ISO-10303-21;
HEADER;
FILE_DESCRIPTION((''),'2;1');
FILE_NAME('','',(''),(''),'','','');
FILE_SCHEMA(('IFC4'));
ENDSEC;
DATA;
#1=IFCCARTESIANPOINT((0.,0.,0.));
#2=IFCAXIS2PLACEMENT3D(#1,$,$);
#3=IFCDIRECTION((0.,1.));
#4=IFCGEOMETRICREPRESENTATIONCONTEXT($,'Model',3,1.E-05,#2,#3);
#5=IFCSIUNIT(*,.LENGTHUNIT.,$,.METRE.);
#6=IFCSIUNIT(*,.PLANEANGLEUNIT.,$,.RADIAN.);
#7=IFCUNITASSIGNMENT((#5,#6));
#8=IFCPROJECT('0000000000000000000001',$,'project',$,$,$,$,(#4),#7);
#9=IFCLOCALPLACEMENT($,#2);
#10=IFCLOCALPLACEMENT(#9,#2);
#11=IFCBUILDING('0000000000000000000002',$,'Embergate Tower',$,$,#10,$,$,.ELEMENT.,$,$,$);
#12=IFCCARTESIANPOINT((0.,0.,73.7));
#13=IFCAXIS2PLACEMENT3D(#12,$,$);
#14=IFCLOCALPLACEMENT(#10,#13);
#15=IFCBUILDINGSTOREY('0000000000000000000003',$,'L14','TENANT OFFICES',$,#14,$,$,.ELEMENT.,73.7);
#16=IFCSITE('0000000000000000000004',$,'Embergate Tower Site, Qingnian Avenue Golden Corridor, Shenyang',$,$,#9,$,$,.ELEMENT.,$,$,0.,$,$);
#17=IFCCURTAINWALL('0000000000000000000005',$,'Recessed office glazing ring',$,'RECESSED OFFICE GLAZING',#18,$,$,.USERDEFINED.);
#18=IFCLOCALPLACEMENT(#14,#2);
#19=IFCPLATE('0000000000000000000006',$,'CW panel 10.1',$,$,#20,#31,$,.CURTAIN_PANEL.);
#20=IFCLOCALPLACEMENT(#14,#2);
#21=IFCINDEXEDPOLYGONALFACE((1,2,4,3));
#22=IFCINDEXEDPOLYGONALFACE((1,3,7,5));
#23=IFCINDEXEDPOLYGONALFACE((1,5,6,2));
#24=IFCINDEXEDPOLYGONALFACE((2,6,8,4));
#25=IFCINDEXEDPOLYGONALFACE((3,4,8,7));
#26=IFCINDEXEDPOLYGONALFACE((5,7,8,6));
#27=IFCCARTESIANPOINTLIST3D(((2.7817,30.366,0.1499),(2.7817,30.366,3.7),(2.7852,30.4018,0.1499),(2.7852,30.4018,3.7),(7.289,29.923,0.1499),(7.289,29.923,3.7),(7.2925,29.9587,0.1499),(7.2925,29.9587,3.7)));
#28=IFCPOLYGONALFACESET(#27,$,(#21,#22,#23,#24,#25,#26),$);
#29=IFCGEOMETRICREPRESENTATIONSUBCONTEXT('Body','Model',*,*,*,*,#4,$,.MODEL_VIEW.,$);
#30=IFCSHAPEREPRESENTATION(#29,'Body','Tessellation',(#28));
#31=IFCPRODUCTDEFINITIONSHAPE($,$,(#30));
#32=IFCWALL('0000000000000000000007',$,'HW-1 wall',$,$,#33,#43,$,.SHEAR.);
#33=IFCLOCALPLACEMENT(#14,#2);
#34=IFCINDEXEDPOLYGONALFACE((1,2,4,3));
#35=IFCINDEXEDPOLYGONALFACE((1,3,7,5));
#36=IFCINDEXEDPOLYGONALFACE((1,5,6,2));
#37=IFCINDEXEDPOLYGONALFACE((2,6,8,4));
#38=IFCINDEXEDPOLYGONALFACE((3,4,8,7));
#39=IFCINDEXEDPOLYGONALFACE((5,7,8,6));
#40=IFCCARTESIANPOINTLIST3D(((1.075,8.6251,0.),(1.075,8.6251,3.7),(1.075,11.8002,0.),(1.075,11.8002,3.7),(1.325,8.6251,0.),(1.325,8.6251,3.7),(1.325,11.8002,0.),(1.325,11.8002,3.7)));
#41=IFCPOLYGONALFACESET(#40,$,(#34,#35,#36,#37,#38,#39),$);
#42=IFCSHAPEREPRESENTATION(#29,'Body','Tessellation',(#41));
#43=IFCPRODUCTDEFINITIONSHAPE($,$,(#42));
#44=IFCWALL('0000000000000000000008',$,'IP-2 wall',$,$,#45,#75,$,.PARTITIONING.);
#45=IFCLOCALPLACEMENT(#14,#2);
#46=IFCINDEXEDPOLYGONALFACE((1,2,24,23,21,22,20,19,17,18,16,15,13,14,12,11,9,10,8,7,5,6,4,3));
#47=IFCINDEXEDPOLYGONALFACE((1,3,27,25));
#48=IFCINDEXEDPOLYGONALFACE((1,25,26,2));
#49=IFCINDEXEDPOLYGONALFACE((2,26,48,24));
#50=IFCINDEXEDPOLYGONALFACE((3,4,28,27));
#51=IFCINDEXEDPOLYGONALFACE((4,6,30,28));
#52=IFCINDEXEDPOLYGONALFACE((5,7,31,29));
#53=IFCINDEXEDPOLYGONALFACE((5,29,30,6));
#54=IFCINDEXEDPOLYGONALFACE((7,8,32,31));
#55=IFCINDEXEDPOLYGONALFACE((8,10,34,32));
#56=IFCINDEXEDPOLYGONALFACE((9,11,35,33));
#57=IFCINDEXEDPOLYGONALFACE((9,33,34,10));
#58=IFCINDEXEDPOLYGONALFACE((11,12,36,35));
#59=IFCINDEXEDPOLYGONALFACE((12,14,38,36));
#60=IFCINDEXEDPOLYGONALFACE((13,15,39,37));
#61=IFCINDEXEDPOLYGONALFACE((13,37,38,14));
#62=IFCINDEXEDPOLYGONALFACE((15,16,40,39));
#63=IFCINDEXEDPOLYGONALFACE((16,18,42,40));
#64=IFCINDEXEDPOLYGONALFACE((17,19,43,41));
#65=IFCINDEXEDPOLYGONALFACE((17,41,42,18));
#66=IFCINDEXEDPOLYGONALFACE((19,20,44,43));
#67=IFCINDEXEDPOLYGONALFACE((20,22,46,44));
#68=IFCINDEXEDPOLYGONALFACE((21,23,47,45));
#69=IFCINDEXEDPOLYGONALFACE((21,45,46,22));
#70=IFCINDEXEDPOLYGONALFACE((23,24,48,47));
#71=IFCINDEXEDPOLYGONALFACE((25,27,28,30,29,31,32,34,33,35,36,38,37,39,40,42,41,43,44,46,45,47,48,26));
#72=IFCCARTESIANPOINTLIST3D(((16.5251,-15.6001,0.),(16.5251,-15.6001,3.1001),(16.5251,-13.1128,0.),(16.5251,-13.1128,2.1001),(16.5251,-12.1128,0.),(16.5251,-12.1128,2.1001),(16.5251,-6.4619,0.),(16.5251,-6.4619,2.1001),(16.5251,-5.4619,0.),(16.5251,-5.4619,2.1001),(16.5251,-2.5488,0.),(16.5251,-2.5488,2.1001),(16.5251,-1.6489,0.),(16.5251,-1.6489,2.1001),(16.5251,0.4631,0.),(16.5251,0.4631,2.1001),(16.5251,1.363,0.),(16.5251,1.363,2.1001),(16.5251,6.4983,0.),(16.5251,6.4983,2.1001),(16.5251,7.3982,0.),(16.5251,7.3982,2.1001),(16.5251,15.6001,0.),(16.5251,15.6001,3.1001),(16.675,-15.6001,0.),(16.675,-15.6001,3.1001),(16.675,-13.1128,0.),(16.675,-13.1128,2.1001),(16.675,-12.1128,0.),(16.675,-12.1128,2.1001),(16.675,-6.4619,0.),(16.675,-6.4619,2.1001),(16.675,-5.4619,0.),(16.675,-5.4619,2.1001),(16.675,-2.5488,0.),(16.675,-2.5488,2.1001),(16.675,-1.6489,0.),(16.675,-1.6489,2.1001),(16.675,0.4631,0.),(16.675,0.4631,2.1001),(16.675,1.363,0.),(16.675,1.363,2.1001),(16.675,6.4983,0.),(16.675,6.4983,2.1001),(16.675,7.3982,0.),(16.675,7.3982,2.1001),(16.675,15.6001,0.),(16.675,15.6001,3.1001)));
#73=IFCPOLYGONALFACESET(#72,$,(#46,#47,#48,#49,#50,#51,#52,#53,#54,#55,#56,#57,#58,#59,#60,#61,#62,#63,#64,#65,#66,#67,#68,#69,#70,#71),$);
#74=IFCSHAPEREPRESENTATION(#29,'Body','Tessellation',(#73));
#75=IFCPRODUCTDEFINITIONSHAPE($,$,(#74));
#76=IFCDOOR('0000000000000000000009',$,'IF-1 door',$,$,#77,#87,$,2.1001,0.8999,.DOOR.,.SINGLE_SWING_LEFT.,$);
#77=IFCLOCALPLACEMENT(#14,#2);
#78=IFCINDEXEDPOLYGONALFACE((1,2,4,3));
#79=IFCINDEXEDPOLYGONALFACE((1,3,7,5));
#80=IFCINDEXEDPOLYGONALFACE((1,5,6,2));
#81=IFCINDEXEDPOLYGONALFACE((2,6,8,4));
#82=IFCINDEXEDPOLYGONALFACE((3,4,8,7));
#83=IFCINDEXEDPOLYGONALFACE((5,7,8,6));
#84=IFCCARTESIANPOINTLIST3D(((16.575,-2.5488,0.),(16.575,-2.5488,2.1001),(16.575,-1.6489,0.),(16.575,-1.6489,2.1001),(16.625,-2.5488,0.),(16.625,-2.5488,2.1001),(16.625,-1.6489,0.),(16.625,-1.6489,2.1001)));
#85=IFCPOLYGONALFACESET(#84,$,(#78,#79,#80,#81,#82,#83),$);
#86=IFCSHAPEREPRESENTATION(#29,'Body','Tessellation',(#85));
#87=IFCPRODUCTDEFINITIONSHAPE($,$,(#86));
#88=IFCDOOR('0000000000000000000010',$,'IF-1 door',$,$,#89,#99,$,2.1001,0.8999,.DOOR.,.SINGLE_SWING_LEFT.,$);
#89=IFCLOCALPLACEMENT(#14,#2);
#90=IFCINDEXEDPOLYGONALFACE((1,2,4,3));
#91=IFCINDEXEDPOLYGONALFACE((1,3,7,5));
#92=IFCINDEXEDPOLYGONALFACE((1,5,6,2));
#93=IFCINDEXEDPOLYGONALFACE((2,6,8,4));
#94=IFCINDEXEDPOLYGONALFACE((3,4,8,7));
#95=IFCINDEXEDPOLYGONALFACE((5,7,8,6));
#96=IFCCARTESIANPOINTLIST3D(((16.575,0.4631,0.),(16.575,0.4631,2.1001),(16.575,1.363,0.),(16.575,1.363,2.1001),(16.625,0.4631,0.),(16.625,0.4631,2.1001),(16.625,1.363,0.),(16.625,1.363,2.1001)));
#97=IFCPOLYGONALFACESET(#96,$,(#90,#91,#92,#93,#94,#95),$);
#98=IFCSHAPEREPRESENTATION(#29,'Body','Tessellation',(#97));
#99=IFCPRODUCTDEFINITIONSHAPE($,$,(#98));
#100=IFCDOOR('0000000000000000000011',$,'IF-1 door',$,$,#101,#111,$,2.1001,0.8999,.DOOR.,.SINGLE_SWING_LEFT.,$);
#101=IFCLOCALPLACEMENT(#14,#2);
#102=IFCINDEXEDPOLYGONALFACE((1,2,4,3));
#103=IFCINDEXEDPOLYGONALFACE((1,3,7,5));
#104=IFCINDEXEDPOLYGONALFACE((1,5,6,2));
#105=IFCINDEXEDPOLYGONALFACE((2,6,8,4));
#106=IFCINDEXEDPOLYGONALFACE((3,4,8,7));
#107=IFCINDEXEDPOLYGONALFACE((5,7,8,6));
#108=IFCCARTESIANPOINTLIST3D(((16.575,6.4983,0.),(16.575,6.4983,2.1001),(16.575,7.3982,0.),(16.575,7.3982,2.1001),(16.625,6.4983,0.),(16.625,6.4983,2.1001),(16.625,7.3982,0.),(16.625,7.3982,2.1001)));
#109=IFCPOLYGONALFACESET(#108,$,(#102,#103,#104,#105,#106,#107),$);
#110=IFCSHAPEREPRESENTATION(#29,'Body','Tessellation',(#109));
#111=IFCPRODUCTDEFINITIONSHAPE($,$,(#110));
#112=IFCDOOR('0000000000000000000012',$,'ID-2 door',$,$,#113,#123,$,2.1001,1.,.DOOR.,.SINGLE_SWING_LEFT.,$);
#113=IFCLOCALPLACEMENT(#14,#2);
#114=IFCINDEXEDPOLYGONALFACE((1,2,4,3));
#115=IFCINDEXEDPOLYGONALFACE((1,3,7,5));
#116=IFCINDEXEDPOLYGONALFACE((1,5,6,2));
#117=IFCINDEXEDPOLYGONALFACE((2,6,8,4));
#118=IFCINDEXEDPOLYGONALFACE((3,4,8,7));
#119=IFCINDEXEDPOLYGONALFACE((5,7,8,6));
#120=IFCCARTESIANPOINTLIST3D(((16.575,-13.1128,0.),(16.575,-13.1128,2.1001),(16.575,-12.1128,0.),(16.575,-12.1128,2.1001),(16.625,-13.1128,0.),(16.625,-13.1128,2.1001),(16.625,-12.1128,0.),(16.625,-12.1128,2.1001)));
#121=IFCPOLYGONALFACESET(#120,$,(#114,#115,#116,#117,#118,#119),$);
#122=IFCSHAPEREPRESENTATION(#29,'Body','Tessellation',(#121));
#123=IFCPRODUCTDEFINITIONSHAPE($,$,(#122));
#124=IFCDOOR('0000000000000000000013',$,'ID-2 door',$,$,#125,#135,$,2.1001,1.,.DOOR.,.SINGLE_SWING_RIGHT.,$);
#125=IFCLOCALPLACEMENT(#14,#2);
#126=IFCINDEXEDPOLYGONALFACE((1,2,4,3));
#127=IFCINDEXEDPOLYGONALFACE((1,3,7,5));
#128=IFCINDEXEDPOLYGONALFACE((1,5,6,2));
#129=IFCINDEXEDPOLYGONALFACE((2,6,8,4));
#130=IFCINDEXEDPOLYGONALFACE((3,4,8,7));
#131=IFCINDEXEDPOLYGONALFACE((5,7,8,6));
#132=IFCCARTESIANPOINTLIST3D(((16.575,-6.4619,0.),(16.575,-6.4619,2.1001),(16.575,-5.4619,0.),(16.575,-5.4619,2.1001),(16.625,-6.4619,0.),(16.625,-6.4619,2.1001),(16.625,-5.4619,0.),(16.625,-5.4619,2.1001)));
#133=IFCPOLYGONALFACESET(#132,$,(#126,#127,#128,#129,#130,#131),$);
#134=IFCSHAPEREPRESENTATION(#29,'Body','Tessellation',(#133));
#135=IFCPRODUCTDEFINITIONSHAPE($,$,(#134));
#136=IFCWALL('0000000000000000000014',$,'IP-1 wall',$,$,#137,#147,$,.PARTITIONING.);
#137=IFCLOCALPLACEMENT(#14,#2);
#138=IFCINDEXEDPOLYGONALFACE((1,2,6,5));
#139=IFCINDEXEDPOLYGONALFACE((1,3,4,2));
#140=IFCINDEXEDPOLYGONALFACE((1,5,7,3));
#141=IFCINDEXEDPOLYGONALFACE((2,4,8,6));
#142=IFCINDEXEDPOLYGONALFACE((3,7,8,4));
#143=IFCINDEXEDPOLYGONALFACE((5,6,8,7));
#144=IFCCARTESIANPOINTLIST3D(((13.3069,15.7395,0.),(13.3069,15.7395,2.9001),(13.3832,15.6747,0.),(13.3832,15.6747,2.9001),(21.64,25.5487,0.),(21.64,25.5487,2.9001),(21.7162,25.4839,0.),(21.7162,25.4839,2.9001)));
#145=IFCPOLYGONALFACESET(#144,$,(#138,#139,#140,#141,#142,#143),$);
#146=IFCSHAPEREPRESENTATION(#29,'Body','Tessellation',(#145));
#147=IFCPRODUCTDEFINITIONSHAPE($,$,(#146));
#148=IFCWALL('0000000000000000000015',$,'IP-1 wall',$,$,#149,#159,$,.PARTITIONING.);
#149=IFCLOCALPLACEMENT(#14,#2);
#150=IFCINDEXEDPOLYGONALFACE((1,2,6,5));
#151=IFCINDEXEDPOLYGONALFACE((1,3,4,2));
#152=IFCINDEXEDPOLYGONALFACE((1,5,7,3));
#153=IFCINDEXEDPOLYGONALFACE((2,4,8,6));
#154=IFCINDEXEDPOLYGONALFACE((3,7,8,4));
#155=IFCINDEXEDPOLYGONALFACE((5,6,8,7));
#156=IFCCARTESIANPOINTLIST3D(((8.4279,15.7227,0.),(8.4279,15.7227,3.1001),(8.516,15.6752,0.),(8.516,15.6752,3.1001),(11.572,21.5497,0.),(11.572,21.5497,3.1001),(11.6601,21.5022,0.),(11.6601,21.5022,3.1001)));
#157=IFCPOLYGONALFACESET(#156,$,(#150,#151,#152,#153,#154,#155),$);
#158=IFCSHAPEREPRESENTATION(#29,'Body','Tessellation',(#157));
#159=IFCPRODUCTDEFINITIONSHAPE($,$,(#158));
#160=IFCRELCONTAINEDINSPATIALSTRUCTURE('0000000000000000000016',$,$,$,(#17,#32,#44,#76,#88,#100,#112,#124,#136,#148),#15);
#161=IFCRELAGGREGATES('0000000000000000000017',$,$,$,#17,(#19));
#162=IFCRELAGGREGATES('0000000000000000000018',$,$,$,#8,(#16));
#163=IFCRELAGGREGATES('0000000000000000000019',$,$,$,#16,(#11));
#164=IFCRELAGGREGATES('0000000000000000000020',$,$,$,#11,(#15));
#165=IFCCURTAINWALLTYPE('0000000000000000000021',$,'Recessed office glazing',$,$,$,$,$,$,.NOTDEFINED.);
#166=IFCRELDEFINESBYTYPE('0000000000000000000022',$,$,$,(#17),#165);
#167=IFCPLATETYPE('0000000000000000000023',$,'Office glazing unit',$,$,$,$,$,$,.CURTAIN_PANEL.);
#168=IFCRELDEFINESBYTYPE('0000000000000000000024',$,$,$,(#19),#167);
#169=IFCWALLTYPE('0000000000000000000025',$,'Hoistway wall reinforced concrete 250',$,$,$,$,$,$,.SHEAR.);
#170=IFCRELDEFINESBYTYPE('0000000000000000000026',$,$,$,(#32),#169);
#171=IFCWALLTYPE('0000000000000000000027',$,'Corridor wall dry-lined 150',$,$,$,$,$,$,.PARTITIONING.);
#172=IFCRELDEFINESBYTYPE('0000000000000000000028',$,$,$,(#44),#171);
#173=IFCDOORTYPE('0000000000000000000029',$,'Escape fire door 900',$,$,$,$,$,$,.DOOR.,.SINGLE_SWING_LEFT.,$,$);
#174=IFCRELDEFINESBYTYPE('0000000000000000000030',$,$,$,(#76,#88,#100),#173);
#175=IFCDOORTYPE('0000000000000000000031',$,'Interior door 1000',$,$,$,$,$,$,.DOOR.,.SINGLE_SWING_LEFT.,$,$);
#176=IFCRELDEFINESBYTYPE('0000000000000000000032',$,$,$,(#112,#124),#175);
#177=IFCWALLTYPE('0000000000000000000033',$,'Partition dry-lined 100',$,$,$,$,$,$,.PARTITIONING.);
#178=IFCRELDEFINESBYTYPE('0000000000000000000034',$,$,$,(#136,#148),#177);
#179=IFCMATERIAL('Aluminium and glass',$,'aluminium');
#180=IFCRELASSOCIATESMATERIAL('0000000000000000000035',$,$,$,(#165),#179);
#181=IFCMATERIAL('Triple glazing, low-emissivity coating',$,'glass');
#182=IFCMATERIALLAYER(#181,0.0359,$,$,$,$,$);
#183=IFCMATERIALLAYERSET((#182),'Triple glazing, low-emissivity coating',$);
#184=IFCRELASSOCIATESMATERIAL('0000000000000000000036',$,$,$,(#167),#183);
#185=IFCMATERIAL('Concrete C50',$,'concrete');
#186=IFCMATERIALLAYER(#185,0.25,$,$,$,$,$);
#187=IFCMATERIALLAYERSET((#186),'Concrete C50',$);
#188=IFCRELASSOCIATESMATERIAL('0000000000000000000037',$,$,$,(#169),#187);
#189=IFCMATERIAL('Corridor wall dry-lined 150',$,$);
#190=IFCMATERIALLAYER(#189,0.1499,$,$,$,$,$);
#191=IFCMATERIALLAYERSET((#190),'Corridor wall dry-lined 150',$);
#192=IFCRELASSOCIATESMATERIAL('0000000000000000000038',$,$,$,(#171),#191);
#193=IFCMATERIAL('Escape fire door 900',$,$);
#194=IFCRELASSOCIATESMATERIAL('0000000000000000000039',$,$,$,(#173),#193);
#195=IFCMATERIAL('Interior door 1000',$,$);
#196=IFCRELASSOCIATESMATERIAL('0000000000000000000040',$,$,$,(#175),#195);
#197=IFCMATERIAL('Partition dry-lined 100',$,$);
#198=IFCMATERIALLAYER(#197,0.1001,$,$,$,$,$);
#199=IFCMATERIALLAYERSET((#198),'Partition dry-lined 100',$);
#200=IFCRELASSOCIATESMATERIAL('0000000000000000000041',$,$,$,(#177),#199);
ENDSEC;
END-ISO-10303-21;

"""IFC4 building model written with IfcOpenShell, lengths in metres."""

from ifc_helpers import new_model, si_unit, direction, frame, frame_2d, origin, origin_2d, place, context, subcontext, project, spatial, rectangle, extrude, source, transform, mapped, material, layer, layer_set, type_object, element, fill, aggregate, save


model = new_model("IFC4")

# Units and contexts
model_context = context("Model", 3, precision=1e-05, world=origin(), true_north=direction((0.0, 1.0)))
body_context = subcontext(model_context, "Body", "Model", "MODEL_VIEW")
ifc_project = project(units=[si_unit("LENGTHUNIT", "METRE"), si_unit("PLANEANGLEUNIT", "RADIAN")], contexts=[model_context])

# Site, building, storey
site_placement = place(None, origin())
site = spatial("IfcSite", under=ifc_project, at=site_placement, Name="Embergate Tower Site, Qingnian Avenue Golden Corridor, Shenyang", CompositionType="ELEMENT", RefElevation=0.0)
building_placement = place(site_placement, origin())
building = spatial("IfcBuilding", under=site, at=building_placement, Name="Embergate Tower", CompositionType="ELEMENT")
storey_placement = place(building_placement, frame((0.0, 0.0, 73.7)))
storey = spatial("IfcBuildingStorey", under=building, at=storey_placement, Name="L14", Description="TENANT OFFICES", CompositionType="ELEMENT", Elevation=73.7)

# Curtain wall, plate
ifc_material_1 = material(Name="Aluminium and glass", Category="aluminium")
curtain_wall_type = type_object("IfcCurtainWallType", Name="Recessed office glazing", PredefinedType="NOTDEFINED", material=ifc_material_1)
curtain_wall_placement = place(storey_placement, origin())
curtain_wall = element("IfcCurtainWall", 1, at=curtain_wall_placement, inside=storey, type_object=curtain_wall_type, Name="Recessed office glazing ring", ObjectType="RECESSED OFFICE GLAZING", PredefinedType="USERDEFINED")
ifc_material_2 = material(Name="Triple glazing, low-emissivity coating", Category="glass")
ifc_layer_1 = layer(ifc_material_2, 0.0359)
ifc_layer_set_1 = layer_set([ifc_layer_1], Name="Triple glazing, low-emissivity coating")
plate_type = type_object("IfcPlateType", Name="Office glazing unit", PredefinedType="CURTAIN_PANEL", material=ifc_layer_set_1)
shared_shape_1 = source(origin(), body_context, "Body", "SweptSolid", [
    extrude(rectangle(XDim=4.5291, YDim=0.0359, at=origin_2d()), origin(), (0.0, 0.0, 1.0), 3.55),
])
plate_1_placement = place(storey_placement, frame((5.0371, 30.1624, 0.1499), z_axis=(0.0, 0.0, 1.0), x_axis=(-0.995203, 0.097831, 0.0)))
plate_1 = element("IfcPlate", 2, at=plate_1_placement, type_object=plate_type, Name="CW panel 10.1", PredefinedType="CURTAIN_PANEL", context=body_context, shape_type="MappedRepresentation", body=[
    mapped(shared_shape_1, transform((0.0, 0.0, 0.0))),
])
aggregate(curtain_wall, [plate_1])

# Wall
ifc_material_3 = material(Name="Concrete C50", Category="concrete")
ifc_layer_2 = layer(ifc_material_3, 0.25)
ifc_layer_set_2 = layer_set([ifc_layer_2], Name="Concrete C50")
wall_type_1 = type_object("IfcWallType", Name="Hoistway wall reinforced concrete 250", PredefinedType="SHEAR", material=ifc_layer_set_2)
shared_shape_2 = source(origin(), body_context, "Body", "SweptSolid", [
    extrude(rectangle(XDim=3.175, YDim=0.25, at=frame_2d((1.5874, 0.0))), origin(), (0.0, 0.0, 1.0), 3.7),
])
wall_1_placement = place(storey_placement, frame((1.2, 11.8, 0.0), z_axis=(0.0, 0.0, 1.0), x_axis=(0.0, -1.0, 0.0)))
element("IfcWall", 3, at=wall_1_placement, inside=storey, type_object=wall_type_1, Name="HW-1 wall", PredefinedType="SHEAR", context=body_context, shape_type="MappedRepresentation", body=[
    mapped(shared_shape_2, transform((0.0, 0.0, 0.0))),
])

# Wall, openings, doors
ifc_material_4 = material(Name="Corridor wall dry-lined 150")
ifc_layer_3 = layer(ifc_material_4, 0.1499)
ifc_layer_set_3 = layer_set([ifc_layer_3], Name="Corridor wall dry-lined 150")
wall_type_2 = type_object("IfcWallType", Name="Corridor wall dry-lined 150", PredefinedType="PARTITIONING", material=ifc_layer_set_3)
shared_shape_3 = source(origin(), body_context, "Body", "SweptSolid", [
    extrude(rectangle(XDim=31.2002, YDim=0.1499, at=frame_2d((15.6001, 0.0))), origin(), (0.0, 0.0, 1.0), 3.1001),
])
wall_2_placement = place(storey_placement, frame((16.6001, 15.6001, 0.0), z_axis=(0.0, 0.0, 1.0), x_axis=(0.0, -1.0, 0.0)))
wall_2 = element("IfcWall", 4, at=wall_2_placement, inside=storey, type_object=wall_type_2, Name="IP-2 wall", PredefinedType="PARTITIONING", context=body_context, shape_type="MappedRepresentation", body=[
    mapped(shared_shape_3, transform((0.0, 0.0, 0.0))),
])
shared_shape_4 = source(origin(), body_context, "Body", "SweptSolid", [
    extrude(rectangle(XDim=1.0, YDim=2.1001, at=frame_2d((0.5, 1.05))), frame((0.0, 0.085, 0.0), z_axis=(0.0, -1.0, 0.0), x_axis=(1.0, 0.0, 0.0)), (0.0, 0.0, 1.0), 0.1699),
])
opening_1_placement = place(wall_2_placement, frame((27.7129, 0.0, 0.0)))
opening_1 = element("IfcOpeningElement", 5, at=opening_1_placement, cuts=wall_2, PredefinedType="OPENING", context=body_context, shape_type="MappedRepresentation", body=[
    mapped(shared_shape_4, transform((0.0, 0.0, 0.0))),
])
opening_2_placement = place(wall_2_placement, frame((21.062, 0.0, 0.0)))
opening_2 = element("IfcOpeningElement", 6, at=opening_2_placement, cuts=wall_2, PredefinedType="OPENING", context=body_context, shape_type="MappedRepresentation", body=[
    mapped(shared_shape_4, transform((0.0, 0.0, 0.0))),
])
shared_shape_5 = source(origin(), body_context, "Body", "SweptSolid", [
    extrude(rectangle(XDim=0.8999, YDim=2.1001, at=frame_2d((0.45, 1.05))), frame((0.0, 0.085, 0.0), z_axis=(0.0, -1.0, 0.0), x_axis=(1.0, 0.0, 0.0)), (0.0, 0.0, 1.0), 0.1699),
])
opening_3_placement = place(wall_2_placement, frame((17.249, 0.0, 0.0)))
opening_3 = element("IfcOpeningElement", 7, at=opening_3_placement, cuts=wall_2, PredefinedType="OPENING", context=body_context, shape_type="MappedRepresentation", body=[
    mapped(shared_shape_5, transform((0.0, 0.0, 0.0))),
])
opening_4_placement = place(wall_2_placement, frame((14.2371, 0.0, 0.0)))
opening_4 = element("IfcOpeningElement", 8, at=opening_4_placement, cuts=wall_2, PredefinedType="OPENING", context=body_context, shape_type="MappedRepresentation", body=[
    mapped(shared_shape_5, transform((0.0, 0.0, 0.0))),
])
opening_5_placement = place(wall_2_placement, frame((8.2019, 0.0, 0.0)))
opening_5 = element("IfcOpeningElement", 9, at=opening_5_placement, cuts=wall_2, PredefinedType="OPENING", context=body_context, shape_type="MappedRepresentation", body=[
    mapped(shared_shape_5, transform((0.0, 0.0, 0.0))),
])
ifc_material_5 = material(Name="Escape fire door 900")
door_type_1 = type_object("IfcDoorType", Name="Escape fire door 900", OperationType="SINGLE_SWING_LEFT", PredefinedType="DOOR", material=ifc_material_5)
shared_shape_6 = source(origin(), body_context, "Body", "SweptSolid", [
    extrude(rectangle(XDim=0.8999, YDim=2.1001, at=frame_2d((0.45, 1.05))), frame((0.0, 0.0249, 0.0), z_axis=(0.0, -1.0, 0.0), x_axis=(1.0, 0.0, 0.0)), (0.0, 0.0, 1.0), 0.05),
])
door_1_placement = place(opening_3_placement, origin())
door_1 = element("IfcDoor", 10, at=door_1_placement, inside=storey, type_object=door_type_1, Name="IF-1 door", OperationType="SINGLE_SWING_LEFT", OverallHeight=2.1001, OverallWidth=0.8999, PredefinedType="DOOR", context=body_context, shape_type="MappedRepresentation", body=[
    mapped(shared_shape_6, transform((0.0, 0.0, 0.0))),
])
fill(opening_3, door_1)
door_2_placement = place(opening_4_placement, origin())
door_2 = element("IfcDoor", 11, at=door_2_placement, inside=storey, type_object=door_type_1, Name="IF-1 door", OperationType="SINGLE_SWING_LEFT", OverallHeight=2.1001, OverallWidth=0.8999, PredefinedType="DOOR", context=body_context, shape_type="MappedRepresentation", body=[
    mapped(shared_shape_6, transform((0.0, 0.0, 0.0))),
])
fill(opening_4, door_2)
door_3_placement = place(opening_5_placement, origin())
door_3 = element("IfcDoor", 12, at=door_3_placement, inside=storey, type_object=door_type_1, Name="IF-1 door", OperationType="SINGLE_SWING_LEFT", OverallHeight=2.1001, OverallWidth=0.8999, PredefinedType="DOOR", context=body_context, shape_type="MappedRepresentation", body=[
    mapped(shared_shape_6, transform((0.0, 0.0, 0.0))),
])
fill(opening_5, door_3)
ifc_material_6 = material(Name="Interior door 1000")
door_type_2 = type_object("IfcDoorType", Name="Interior door 1000", OperationType="SINGLE_SWING_LEFT", PredefinedType="DOOR", material=ifc_material_6)
shared_shape_7 = source(origin(), body_context, "Body", "SweptSolid", [
    extrude(rectangle(XDim=1.0, YDim=2.1001, at=frame_2d((0.5, 1.05))), frame((0.0, 0.0249, 0.0), z_axis=(0.0, -1.0, 0.0), x_axis=(1.0, 0.0, 0.0)), (0.0, 0.0, 1.0), 0.05),
])
door_4_placement = place(opening_1_placement, origin())
door_4 = element("IfcDoor", 13, at=door_4_placement, inside=storey, type_object=door_type_2, Name="ID-2 door", OperationType="SINGLE_SWING_LEFT", OverallHeight=2.1001, OverallWidth=1.0, PredefinedType="DOOR", context=body_context, shape_type="MappedRepresentation", body=[
    mapped(shared_shape_7, transform((0.0, 0.0, 0.0))),
])
fill(opening_1, door_4)
door_5_placement = place(opening_2_placement, origin())
door_5 = element("IfcDoor", 14, at=door_5_placement, inside=storey, type_object=door_type_2, Name="ID-2 door", OperationType="SINGLE_SWING_RIGHT", OverallHeight=2.1001, OverallWidth=1.0, PredefinedType="DOOR", context=body_context, shape_type="MappedRepresentation", body=[
    mapped(shared_shape_7, transform((0.0, 0.0, 0.0))),
])
fill(opening_2, door_5)

# Walls
ifc_material_7 = material(Name="Partition dry-lined 100")
ifc_layer_4 = layer(ifc_material_7, 0.1001)
ifc_layer_set_4 = layer_set([ifc_layer_4], Name="Partition dry-lined 100")
wall_type_3 = type_object("IfcWallType", Name="Partition dry-lined 100", PredefinedType="PARTITIONING", material=ifc_layer_set_4)
shared_shape_8 = source(origin(), body_context, "Body", "SweptSolid", [
    extrude(rectangle(XDim=12.8708, YDim=0.1001, at=frame_2d((6.4355, 0.0))), origin(), (0.0, 0.0, 1.0), 2.9001),
])
wall_3_placement = place(storey_placement, frame((13.345, 15.707, 0.0), z_axis=(0.0, 0.0, 1.0), x_axis=(0.647436, 0.76212, 0.0)))
element("IfcWall", 15, at=wall_3_placement, inside=storey, type_object=wall_type_3, Name="IP-1 wall", PredefinedType="PARTITIONING", context=body_context, shape_type="MappedRepresentation", body=[
    mapped(shared_shape_8, transform((0.0, 0.0, 0.0))),
])
shared_shape_9 = source(origin(), body_context, "Body", "SweptSolid", [
    extrude(rectangle(XDim=6.6211, YDim=0.1001, at=frame_2d((3.3105, 0.0))), origin(), (0.0, 0.0, 1.0), 3.1001),
])
wall_4_placement = place(storey_placement, frame((8.4719, 15.699, 0.0), z_axis=(0.0, 0.0, 1.0), x_axis=(0.474858, 0.880062, 0.0)))
element("IfcWall", 16, at=wall_4_placement, inside=storey, type_object=wall_type_3, Name="IP-1 wall", PredefinedType="PARTITIONING", context=body_context, shape_type="MappedRepresentation", body=[
    mapped(shared_shape_9, transform((0.0, 0.0, 0.0))),
])

save(model, "model.ifc")
